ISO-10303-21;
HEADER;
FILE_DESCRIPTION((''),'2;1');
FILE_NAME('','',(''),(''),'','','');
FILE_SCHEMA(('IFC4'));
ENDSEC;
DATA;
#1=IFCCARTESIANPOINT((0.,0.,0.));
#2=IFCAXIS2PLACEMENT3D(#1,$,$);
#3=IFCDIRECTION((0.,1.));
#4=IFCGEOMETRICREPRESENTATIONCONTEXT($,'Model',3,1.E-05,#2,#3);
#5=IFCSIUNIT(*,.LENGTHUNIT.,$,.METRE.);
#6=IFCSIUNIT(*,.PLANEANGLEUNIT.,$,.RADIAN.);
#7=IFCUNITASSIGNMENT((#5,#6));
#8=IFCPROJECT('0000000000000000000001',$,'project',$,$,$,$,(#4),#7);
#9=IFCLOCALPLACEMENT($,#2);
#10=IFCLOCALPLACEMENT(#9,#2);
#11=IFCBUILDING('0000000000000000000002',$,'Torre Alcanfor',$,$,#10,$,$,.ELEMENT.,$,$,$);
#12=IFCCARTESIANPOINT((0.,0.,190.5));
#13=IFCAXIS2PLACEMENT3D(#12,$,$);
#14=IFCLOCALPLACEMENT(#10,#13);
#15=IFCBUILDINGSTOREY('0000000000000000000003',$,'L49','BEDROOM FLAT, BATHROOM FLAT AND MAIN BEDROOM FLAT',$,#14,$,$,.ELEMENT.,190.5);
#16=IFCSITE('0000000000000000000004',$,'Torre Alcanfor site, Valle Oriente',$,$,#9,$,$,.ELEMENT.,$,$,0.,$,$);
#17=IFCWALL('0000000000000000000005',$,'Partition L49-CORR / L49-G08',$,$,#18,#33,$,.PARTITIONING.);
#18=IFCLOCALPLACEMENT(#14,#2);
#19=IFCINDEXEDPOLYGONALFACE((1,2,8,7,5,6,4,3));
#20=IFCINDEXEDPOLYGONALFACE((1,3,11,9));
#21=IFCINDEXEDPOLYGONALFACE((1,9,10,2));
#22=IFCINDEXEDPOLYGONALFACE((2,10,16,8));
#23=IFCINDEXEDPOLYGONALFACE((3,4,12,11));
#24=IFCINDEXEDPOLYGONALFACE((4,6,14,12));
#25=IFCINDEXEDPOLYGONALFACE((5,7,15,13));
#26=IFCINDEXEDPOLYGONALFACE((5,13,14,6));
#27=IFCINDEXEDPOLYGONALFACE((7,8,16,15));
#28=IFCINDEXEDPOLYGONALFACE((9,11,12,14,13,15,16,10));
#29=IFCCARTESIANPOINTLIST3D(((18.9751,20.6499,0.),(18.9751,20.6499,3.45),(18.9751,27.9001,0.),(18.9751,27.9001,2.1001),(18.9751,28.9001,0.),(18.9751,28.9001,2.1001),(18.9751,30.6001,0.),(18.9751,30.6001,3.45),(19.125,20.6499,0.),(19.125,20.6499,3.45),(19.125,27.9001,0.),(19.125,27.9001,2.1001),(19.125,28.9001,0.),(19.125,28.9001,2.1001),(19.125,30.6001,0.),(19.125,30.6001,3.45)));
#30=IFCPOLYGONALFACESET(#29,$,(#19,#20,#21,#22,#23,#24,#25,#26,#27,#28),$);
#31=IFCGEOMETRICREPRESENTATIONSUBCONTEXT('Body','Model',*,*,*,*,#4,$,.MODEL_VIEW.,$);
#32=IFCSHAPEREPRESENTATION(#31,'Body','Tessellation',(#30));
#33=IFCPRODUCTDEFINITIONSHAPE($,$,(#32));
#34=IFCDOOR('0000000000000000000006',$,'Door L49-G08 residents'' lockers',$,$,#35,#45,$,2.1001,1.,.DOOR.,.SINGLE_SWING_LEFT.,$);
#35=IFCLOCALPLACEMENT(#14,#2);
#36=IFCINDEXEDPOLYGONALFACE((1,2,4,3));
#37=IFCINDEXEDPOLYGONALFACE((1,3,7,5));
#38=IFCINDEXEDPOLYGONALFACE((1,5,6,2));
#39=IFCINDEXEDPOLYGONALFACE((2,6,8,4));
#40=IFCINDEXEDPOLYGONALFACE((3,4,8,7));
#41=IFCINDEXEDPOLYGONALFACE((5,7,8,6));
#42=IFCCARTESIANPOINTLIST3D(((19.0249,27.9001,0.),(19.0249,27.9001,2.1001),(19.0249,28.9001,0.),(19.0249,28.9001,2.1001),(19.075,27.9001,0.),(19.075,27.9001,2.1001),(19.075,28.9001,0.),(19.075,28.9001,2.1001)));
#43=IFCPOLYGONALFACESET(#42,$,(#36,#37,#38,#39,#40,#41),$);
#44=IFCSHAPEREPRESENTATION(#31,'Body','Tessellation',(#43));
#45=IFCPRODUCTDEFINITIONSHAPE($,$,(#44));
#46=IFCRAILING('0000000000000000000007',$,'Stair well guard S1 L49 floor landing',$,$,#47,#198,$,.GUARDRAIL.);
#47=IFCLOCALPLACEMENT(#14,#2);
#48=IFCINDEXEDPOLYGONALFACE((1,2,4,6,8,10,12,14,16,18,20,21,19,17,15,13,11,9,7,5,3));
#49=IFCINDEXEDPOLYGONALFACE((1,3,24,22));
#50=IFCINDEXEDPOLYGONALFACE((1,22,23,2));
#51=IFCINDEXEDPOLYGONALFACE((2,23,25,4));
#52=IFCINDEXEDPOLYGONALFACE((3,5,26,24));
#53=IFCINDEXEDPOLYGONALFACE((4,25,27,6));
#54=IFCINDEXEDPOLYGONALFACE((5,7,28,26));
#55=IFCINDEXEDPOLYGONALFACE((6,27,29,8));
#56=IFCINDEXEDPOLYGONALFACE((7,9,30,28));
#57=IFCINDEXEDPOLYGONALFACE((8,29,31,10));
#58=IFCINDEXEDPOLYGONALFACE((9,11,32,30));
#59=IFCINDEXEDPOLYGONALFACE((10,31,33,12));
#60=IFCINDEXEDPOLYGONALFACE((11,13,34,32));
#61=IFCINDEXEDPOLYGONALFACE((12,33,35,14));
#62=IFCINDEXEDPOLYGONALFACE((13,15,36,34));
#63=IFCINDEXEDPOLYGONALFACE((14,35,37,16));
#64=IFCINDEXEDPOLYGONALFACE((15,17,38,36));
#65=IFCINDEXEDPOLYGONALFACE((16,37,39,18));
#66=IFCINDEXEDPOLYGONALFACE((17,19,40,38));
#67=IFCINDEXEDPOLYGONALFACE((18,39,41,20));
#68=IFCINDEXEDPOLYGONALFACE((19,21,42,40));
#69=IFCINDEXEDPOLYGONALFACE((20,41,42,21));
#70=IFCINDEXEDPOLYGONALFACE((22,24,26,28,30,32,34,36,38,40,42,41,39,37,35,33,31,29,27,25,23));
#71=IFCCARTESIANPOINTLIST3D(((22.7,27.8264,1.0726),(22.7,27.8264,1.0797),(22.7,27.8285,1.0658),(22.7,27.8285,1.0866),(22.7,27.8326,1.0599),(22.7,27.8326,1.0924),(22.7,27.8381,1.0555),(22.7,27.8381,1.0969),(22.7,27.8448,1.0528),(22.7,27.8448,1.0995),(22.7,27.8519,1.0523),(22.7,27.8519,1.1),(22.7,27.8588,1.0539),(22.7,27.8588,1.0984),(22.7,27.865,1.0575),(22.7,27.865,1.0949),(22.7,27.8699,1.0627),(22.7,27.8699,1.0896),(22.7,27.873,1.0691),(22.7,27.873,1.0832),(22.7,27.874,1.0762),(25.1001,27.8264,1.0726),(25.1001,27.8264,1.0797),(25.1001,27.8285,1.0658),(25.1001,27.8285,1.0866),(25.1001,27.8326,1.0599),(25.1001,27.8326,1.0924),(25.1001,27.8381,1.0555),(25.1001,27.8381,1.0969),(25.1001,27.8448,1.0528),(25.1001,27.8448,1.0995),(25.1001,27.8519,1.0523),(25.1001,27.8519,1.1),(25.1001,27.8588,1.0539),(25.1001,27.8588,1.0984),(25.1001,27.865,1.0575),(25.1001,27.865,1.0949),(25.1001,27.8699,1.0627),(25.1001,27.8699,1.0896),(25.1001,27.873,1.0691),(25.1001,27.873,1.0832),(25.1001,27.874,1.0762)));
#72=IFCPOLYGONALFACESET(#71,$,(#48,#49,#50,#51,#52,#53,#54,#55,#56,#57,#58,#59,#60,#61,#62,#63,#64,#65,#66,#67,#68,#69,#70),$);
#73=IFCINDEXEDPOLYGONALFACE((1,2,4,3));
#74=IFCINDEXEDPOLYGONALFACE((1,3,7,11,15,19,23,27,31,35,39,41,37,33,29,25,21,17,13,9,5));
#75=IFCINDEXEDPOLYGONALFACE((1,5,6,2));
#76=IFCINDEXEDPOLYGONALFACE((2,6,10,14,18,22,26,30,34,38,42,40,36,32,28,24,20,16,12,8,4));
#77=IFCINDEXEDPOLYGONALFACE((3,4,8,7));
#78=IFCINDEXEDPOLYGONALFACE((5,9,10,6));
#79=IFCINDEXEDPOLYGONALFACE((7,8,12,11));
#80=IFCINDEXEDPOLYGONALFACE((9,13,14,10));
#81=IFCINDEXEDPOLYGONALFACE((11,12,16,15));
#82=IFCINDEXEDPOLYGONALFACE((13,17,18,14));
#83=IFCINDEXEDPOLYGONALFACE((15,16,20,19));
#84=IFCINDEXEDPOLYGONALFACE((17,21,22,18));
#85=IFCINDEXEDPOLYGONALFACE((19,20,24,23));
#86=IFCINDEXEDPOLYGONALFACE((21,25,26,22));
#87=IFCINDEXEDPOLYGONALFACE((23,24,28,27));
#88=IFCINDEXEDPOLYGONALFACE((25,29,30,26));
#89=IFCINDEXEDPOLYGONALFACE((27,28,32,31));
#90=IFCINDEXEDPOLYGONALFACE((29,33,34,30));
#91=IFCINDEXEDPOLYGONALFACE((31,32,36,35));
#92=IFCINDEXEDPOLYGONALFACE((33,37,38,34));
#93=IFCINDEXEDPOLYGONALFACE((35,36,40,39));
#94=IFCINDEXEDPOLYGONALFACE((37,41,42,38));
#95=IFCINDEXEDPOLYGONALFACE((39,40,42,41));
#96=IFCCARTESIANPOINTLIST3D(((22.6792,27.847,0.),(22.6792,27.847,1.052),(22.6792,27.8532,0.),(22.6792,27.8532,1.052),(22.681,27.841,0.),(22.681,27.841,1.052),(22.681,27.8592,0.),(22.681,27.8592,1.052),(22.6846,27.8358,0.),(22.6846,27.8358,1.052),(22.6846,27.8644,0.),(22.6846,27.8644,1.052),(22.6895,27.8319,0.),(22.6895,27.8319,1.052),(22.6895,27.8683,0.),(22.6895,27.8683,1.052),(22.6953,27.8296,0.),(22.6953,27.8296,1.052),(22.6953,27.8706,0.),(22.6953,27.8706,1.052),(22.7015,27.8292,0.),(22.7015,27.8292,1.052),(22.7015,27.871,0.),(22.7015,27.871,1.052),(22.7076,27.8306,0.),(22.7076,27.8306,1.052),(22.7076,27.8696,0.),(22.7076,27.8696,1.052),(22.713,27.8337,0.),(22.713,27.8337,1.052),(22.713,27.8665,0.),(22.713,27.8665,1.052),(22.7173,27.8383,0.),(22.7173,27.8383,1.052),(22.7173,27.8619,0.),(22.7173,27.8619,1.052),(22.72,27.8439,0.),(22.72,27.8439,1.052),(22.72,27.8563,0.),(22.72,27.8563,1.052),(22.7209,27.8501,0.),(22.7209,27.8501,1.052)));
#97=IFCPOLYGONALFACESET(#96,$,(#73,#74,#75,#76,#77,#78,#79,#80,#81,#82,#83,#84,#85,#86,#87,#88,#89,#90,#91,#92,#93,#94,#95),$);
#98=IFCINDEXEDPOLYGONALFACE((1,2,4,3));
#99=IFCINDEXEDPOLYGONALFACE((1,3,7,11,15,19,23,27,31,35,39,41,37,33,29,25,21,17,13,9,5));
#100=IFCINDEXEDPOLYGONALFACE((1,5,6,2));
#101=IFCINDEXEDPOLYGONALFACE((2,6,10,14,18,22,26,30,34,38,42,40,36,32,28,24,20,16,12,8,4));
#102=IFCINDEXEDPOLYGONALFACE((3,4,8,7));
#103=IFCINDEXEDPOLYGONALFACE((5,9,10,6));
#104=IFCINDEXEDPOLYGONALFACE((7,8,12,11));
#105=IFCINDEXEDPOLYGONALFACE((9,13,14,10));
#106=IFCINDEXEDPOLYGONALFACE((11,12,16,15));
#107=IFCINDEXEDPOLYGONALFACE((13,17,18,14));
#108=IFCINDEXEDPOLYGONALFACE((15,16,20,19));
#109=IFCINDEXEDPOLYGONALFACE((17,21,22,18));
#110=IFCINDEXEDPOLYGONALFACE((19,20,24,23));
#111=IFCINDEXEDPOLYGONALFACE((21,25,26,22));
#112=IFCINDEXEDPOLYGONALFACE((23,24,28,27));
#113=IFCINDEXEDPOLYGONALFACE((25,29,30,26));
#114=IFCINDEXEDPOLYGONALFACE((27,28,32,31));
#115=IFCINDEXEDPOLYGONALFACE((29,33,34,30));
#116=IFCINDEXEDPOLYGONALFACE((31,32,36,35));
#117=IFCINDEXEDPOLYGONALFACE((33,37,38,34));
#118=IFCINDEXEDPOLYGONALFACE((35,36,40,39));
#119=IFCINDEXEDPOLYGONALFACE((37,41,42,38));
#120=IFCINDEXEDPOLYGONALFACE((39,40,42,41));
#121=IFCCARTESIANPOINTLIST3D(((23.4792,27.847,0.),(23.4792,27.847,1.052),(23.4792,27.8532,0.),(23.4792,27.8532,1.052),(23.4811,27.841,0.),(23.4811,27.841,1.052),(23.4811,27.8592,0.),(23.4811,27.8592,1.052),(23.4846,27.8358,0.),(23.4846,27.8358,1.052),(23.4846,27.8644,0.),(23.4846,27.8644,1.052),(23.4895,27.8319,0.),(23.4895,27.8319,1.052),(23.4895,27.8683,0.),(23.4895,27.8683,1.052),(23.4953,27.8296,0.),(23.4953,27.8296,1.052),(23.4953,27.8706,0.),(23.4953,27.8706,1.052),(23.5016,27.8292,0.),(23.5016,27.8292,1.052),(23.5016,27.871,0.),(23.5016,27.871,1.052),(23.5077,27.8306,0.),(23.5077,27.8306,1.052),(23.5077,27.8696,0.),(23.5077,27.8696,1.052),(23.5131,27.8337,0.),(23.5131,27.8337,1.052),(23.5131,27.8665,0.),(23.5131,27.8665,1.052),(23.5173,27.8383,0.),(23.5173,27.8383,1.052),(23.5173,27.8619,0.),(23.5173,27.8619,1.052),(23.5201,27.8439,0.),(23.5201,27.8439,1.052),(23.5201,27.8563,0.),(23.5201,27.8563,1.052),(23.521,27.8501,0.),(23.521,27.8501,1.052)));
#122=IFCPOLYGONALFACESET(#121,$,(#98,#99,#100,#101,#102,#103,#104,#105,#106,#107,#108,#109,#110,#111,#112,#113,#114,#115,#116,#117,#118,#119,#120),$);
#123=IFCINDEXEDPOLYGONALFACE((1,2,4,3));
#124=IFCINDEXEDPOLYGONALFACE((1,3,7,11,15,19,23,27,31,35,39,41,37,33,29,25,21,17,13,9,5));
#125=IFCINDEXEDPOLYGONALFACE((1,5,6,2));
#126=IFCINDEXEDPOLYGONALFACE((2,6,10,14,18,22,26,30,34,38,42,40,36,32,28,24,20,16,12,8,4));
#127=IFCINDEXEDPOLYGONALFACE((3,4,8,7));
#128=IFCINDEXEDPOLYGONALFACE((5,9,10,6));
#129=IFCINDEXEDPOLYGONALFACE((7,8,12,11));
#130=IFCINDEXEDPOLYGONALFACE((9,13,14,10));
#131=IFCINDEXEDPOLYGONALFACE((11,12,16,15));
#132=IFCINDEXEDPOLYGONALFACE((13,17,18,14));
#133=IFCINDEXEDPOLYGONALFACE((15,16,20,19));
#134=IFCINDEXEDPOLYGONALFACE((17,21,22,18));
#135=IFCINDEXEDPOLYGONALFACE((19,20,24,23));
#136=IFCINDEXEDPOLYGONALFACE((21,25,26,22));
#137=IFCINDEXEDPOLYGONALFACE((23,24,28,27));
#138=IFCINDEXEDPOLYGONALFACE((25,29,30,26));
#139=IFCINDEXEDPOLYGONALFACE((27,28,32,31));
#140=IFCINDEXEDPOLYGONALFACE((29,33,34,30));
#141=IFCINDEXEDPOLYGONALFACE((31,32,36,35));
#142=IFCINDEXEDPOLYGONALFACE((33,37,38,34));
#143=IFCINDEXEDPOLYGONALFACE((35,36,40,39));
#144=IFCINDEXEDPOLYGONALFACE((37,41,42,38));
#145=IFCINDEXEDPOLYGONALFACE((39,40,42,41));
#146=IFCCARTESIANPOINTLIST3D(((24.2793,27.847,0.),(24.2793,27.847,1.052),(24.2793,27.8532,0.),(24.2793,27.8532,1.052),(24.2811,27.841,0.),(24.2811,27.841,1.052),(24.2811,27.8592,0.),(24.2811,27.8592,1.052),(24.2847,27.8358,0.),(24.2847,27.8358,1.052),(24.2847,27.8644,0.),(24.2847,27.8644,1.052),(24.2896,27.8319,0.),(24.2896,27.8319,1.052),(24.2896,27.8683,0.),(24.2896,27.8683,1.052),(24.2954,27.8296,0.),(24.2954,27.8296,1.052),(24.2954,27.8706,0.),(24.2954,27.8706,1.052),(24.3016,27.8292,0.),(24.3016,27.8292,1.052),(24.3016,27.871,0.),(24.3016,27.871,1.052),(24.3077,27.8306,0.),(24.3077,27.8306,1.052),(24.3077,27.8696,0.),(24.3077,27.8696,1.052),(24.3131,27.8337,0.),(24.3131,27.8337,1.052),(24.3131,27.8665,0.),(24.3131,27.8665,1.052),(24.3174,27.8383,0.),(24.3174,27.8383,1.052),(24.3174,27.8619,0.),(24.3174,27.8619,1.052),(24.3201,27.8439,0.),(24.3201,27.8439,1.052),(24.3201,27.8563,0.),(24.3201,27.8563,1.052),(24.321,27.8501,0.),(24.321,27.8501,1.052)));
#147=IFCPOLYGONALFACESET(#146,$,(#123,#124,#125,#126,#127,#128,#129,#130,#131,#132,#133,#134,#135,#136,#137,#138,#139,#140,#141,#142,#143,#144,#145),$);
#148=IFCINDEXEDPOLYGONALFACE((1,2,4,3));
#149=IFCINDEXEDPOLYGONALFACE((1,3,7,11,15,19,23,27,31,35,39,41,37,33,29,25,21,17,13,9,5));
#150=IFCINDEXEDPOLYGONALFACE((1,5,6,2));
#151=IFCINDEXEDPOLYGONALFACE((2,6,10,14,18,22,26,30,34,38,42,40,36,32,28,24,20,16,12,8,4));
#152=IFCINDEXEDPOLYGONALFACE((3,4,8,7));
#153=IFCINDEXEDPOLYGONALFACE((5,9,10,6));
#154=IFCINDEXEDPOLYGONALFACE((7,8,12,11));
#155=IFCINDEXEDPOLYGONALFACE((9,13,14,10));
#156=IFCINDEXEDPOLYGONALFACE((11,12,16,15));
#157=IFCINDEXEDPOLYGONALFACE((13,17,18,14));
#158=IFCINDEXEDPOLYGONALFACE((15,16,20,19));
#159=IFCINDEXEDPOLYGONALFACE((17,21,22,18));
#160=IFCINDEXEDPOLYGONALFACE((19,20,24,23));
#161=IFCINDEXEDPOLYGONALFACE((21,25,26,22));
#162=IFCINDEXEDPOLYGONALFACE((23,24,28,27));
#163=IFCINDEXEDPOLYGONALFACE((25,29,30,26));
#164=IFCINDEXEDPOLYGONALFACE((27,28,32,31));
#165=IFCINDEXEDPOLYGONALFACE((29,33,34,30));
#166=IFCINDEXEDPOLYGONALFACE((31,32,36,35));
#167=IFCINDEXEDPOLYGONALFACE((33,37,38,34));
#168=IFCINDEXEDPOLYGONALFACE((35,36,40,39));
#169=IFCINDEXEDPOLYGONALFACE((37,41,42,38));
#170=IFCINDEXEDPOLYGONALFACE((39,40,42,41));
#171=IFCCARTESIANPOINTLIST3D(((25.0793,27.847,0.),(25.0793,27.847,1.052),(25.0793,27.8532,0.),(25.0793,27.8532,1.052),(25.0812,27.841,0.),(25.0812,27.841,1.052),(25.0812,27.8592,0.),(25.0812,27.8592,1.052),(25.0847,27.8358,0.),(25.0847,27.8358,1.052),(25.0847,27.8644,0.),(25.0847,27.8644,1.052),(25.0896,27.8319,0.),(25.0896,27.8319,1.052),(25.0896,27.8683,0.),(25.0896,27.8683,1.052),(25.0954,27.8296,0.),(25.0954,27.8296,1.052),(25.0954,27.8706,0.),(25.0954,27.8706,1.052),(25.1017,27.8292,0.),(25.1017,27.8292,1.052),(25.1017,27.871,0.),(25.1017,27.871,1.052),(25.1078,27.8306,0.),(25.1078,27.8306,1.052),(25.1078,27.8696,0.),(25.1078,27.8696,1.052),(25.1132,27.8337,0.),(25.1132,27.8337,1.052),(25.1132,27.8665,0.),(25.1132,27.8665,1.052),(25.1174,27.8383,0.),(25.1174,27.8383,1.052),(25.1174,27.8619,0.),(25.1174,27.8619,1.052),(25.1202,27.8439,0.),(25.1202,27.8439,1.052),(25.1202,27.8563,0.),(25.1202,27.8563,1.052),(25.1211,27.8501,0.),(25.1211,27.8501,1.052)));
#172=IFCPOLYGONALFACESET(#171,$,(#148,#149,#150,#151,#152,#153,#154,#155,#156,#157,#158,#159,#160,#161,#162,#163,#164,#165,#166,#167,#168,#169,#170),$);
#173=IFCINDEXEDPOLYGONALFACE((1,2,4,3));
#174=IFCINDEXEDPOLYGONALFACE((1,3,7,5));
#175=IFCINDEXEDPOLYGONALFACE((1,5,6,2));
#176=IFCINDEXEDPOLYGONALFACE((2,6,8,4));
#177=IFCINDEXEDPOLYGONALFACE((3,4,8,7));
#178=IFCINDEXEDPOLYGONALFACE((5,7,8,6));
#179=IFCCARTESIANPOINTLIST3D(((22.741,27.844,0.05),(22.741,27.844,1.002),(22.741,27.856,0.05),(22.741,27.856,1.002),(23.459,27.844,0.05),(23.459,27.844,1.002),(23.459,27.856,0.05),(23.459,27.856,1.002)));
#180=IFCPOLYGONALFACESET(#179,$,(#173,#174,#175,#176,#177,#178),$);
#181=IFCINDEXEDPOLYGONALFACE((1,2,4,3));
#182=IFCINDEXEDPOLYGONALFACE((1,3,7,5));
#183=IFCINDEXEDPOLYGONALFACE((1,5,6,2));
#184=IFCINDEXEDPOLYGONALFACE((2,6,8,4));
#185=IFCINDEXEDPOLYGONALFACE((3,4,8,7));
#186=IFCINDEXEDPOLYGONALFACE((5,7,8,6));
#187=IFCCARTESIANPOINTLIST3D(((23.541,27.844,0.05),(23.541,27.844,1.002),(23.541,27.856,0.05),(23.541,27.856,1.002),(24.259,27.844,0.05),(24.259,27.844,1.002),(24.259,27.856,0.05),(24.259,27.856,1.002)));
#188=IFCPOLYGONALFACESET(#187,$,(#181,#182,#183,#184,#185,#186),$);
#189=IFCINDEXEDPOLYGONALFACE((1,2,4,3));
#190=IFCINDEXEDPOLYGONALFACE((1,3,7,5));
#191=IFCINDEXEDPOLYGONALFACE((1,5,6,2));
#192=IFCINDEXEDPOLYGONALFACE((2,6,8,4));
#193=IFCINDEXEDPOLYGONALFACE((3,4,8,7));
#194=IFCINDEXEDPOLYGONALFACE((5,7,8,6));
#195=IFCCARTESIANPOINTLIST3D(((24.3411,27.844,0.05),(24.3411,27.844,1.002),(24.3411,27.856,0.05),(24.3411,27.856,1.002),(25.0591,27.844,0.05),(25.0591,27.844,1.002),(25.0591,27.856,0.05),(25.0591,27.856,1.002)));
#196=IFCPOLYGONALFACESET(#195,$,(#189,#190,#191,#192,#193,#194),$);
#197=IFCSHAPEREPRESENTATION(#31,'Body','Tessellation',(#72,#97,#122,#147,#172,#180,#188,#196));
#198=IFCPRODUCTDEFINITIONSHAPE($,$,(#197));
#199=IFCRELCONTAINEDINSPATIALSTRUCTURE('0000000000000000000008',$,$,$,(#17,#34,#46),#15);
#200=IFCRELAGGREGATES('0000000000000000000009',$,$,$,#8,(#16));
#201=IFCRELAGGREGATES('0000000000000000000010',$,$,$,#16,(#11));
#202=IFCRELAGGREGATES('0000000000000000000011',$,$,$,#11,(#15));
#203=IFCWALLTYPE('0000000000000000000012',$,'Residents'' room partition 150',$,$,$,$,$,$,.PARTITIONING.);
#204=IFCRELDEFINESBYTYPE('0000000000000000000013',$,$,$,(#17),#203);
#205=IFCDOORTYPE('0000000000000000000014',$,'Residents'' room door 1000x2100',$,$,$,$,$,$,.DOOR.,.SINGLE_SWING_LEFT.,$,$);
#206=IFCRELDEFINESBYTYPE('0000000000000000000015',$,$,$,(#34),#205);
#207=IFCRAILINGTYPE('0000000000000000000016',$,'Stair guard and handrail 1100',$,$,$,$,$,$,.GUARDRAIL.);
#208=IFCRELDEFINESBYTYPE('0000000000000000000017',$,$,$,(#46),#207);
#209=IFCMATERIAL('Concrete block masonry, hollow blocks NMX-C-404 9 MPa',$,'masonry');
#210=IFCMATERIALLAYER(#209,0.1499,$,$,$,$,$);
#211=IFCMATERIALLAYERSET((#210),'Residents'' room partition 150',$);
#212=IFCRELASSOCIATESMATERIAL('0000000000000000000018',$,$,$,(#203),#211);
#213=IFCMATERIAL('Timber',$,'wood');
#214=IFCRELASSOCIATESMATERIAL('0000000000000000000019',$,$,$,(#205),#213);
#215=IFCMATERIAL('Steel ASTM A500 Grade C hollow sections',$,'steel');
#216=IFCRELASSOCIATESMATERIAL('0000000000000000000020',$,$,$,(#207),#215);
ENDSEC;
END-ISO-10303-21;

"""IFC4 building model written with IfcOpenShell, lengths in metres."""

from ifc_helpers import new_model, si_unit, direction, frame, frame_2d, origin, origin_2d, place, context, subcontext, project, spatial, polyline, rectangle, circle, outline, extrude, material, layer, layer_set, type_object, element, fill, save


model = new_model("IFC4")

# Units and contexts
model_context = context("Model", 3, precision=1e-05, world=origin(), true_north=direction((0.0, 1.0)))
body_context = subcontext(model_context, "Body", "Model", "MODEL_VIEW")
ifc_project = project(units=[si_unit("LENGTHUNIT", "METRE"), si_unit("PLANEANGLEUNIT", "RADIAN")], contexts=[model_context])

# Site, building, storey
site_placement = place(None, origin())
site = spatial("IfcSite", under=ifc_project, at=site_placement, Name="Torre Alcanfor site, Valle Oriente", CompositionType="ELEMENT", RefElevation=0.0)
building_placement = place(site_placement, origin())
building = spatial("IfcBuilding", under=site, at=building_placement, Name="Torre Alcanfor", CompositionType="ELEMENT")
storey_placement = place(building_placement, frame((0.0, 0.0, 190.5)))
storey = spatial("IfcBuildingStorey", under=building, at=storey_placement, Name="L49", Description="BEDROOM FLAT, BATHROOM FLAT AND MAIN BEDROOM FLAT", CompositionType="ELEMENT", Elevation=190.5)

# Shared definitions
ifc_material_1 = material(Name="Concrete block masonry, hollow blocks NMX-C-404 9 MPa", Category="masonry")
ifc_layer_1 = layer(ifc_material_1, 0.1499)
ifc_layer_set_1 = layer_set([ifc_layer_1], Name="Residents' room partition 150")
wall_type_1 = type_object("IfcWallType", Name="Residents' room partition 150", PredefinedType="PARTITIONING", material=ifc_layer_set_1)

# Wall, opening, door
wall_1_placement = place(storey_placement, frame((19.05, 30.6001, 0.0), z_axis=(0.0, 0.0, 1.0), x_axis=(0.0, -1.0, 0.0)))
wall_1 = element("IfcWall", 1, at=wall_1_placement, inside=storey, type_object=wall_type_1, Name="Partition L49-CORR / L49-G08", PredefinedType="PARTITIONING", context=body_context, shape_type="SweptSolid", body=[
    extrude(rectangle(XDim=9.9502, YDim=0.1499, at=frame_2d((4.9751, 0.0))), origin(), (0.0, 0.0, 1.0), 3.45),
])
opening_1_placement = place(wall_1_placement, frame((1.7, 0.0, 0.0)))
opening_1 = element("IfcOpeningElement", 2, at=opening_1_placement, cuts=wall_1, PredefinedType="OPENING", context=body_context, shape_type="SweptSolid", body=[
    extrude(rectangle(XDim=1.0, YDim=2.1001, at=frame_2d((0.5, 1.05))), frame((0.0, 0.085, 0.0), z_axis=(0.0, -1.0, 0.0), x_axis=(1.0, 0.0, 0.0)), (0.0, 0.0, 1.0), 0.1699),
])
ifc_material_2 = material(Name="Timber", Category="wood")
door_type_1 = type_object("IfcDoorType", Name="Residents' room door 1000x2100", OperationType="SINGLE_SWING_LEFT", PredefinedType="DOOR", material=ifc_material_2)
door_1_placement = place(opening_1_placement, origin())
door_1 = element("IfcDoor", 3, at=door_1_placement, inside=storey, type_object=door_type_1, Name="Door L49-G08 residents' lockers", OperationType="SINGLE_SWING_LEFT", OverallHeight=2.1001, OverallWidth=1.0, PredefinedType="DOOR", context=body_context, shape_type="SweptSolid", body=[
    extrude(rectangle(XDim=1.0, YDim=2.1001, at=frame_2d((0.5, 1.05))), frame((0.0, 0.0249, 0.0), z_axis=(0.0, -1.0, 0.0), x_axis=(1.0, 0.0, 0.0)), (0.0, 0.0, 1.0), 0.05),
])
fill(opening_1, door_1)

# Railing
ifc_material_3 = material(Name="Steel ASTM A500 Grade C hollow sections", Category="steel")
railing_type = type_object("IfcRailingType", Name="Stair guard and handrail 1100", PredefinedType="GUARDRAIL", material=ifc_material_3)
for number, where, name in (
    (4, (22.7, 27.8501, 0.0), "Stair well guard S1 L49 floor landing"),
):
    element("IfcRailing", number, at=place(storey_placement, frame(where)), inside=storey, type_object=railing_type, Name=name, PredefinedType="GUARDRAIL", context=body_context, shape_type="SweptSolid", body=[
        extrude(circle(Radius=0.0239, at=origin_2d()), frame((0.0, 0.0, 1.0762), z_axis=(1.0, 0.0, 0.0), x_axis=(0.0, 1.0, 0.0)), (0.0, 0.0, 1.0), 2.4001),
        extrude(circle(Radius=0.021, at=origin_2d()), origin(), (0.0, 0.0, 1.0), 1.052),
        extrude(circle(Radius=0.021, at=origin_2d()), frame((0.8, 0.0, 0.0)), (0.0, 0.0, 1.0), 1.052),
        extrude(circle(Radius=0.021, at=origin_2d()), frame((1.6001, 0.0, 0.0)), (0.0, 0.0, 1.0), 1.052),
        extrude(circle(Radius=0.021, at=origin_2d()), frame((2.4001, 0.0, 0.0)), (0.0, 0.0, 1.0), 1.052),
        extrude(outline(polyline([(0.041, 0.05), (0.759, 0.05), (0.759, 1.002), (0.041, 1.002), (0.041, 0.05)])), frame((0.0, 0.0059, 0.0), z_axis=(0.0, -1.0, 0.0), x_axis=(1.0, 0.0, 0.0)), (0.0, 0.0, 1.0), 0.012),
        extrude(outline(polyline([(0.8411, 0.05), (1.5591, 0.05), (1.5591, 1.002), (0.8411, 1.002), (0.8411, 0.05)])), frame((0.0, 0.0059, 0.0), z_axis=(0.0, -1.0, 0.0), x_axis=(1.0, 0.0, 0.0)), (0.0, 0.0, 1.0), 0.012),
        extrude(outline(polyline([(1.6411, 0.05), (2.3591, 0.05), (2.3591, 1.002), (1.6411, 1.002), (1.6411, 0.05)])), frame((0.0, 0.0059, 0.0), z_axis=(0.0, -1.0, 0.0), x_axis=(1.0, 0.0, 0.0)), (0.0, 0.0, 1.0), 0.012),
    ])

save(model, "model.ifc")
